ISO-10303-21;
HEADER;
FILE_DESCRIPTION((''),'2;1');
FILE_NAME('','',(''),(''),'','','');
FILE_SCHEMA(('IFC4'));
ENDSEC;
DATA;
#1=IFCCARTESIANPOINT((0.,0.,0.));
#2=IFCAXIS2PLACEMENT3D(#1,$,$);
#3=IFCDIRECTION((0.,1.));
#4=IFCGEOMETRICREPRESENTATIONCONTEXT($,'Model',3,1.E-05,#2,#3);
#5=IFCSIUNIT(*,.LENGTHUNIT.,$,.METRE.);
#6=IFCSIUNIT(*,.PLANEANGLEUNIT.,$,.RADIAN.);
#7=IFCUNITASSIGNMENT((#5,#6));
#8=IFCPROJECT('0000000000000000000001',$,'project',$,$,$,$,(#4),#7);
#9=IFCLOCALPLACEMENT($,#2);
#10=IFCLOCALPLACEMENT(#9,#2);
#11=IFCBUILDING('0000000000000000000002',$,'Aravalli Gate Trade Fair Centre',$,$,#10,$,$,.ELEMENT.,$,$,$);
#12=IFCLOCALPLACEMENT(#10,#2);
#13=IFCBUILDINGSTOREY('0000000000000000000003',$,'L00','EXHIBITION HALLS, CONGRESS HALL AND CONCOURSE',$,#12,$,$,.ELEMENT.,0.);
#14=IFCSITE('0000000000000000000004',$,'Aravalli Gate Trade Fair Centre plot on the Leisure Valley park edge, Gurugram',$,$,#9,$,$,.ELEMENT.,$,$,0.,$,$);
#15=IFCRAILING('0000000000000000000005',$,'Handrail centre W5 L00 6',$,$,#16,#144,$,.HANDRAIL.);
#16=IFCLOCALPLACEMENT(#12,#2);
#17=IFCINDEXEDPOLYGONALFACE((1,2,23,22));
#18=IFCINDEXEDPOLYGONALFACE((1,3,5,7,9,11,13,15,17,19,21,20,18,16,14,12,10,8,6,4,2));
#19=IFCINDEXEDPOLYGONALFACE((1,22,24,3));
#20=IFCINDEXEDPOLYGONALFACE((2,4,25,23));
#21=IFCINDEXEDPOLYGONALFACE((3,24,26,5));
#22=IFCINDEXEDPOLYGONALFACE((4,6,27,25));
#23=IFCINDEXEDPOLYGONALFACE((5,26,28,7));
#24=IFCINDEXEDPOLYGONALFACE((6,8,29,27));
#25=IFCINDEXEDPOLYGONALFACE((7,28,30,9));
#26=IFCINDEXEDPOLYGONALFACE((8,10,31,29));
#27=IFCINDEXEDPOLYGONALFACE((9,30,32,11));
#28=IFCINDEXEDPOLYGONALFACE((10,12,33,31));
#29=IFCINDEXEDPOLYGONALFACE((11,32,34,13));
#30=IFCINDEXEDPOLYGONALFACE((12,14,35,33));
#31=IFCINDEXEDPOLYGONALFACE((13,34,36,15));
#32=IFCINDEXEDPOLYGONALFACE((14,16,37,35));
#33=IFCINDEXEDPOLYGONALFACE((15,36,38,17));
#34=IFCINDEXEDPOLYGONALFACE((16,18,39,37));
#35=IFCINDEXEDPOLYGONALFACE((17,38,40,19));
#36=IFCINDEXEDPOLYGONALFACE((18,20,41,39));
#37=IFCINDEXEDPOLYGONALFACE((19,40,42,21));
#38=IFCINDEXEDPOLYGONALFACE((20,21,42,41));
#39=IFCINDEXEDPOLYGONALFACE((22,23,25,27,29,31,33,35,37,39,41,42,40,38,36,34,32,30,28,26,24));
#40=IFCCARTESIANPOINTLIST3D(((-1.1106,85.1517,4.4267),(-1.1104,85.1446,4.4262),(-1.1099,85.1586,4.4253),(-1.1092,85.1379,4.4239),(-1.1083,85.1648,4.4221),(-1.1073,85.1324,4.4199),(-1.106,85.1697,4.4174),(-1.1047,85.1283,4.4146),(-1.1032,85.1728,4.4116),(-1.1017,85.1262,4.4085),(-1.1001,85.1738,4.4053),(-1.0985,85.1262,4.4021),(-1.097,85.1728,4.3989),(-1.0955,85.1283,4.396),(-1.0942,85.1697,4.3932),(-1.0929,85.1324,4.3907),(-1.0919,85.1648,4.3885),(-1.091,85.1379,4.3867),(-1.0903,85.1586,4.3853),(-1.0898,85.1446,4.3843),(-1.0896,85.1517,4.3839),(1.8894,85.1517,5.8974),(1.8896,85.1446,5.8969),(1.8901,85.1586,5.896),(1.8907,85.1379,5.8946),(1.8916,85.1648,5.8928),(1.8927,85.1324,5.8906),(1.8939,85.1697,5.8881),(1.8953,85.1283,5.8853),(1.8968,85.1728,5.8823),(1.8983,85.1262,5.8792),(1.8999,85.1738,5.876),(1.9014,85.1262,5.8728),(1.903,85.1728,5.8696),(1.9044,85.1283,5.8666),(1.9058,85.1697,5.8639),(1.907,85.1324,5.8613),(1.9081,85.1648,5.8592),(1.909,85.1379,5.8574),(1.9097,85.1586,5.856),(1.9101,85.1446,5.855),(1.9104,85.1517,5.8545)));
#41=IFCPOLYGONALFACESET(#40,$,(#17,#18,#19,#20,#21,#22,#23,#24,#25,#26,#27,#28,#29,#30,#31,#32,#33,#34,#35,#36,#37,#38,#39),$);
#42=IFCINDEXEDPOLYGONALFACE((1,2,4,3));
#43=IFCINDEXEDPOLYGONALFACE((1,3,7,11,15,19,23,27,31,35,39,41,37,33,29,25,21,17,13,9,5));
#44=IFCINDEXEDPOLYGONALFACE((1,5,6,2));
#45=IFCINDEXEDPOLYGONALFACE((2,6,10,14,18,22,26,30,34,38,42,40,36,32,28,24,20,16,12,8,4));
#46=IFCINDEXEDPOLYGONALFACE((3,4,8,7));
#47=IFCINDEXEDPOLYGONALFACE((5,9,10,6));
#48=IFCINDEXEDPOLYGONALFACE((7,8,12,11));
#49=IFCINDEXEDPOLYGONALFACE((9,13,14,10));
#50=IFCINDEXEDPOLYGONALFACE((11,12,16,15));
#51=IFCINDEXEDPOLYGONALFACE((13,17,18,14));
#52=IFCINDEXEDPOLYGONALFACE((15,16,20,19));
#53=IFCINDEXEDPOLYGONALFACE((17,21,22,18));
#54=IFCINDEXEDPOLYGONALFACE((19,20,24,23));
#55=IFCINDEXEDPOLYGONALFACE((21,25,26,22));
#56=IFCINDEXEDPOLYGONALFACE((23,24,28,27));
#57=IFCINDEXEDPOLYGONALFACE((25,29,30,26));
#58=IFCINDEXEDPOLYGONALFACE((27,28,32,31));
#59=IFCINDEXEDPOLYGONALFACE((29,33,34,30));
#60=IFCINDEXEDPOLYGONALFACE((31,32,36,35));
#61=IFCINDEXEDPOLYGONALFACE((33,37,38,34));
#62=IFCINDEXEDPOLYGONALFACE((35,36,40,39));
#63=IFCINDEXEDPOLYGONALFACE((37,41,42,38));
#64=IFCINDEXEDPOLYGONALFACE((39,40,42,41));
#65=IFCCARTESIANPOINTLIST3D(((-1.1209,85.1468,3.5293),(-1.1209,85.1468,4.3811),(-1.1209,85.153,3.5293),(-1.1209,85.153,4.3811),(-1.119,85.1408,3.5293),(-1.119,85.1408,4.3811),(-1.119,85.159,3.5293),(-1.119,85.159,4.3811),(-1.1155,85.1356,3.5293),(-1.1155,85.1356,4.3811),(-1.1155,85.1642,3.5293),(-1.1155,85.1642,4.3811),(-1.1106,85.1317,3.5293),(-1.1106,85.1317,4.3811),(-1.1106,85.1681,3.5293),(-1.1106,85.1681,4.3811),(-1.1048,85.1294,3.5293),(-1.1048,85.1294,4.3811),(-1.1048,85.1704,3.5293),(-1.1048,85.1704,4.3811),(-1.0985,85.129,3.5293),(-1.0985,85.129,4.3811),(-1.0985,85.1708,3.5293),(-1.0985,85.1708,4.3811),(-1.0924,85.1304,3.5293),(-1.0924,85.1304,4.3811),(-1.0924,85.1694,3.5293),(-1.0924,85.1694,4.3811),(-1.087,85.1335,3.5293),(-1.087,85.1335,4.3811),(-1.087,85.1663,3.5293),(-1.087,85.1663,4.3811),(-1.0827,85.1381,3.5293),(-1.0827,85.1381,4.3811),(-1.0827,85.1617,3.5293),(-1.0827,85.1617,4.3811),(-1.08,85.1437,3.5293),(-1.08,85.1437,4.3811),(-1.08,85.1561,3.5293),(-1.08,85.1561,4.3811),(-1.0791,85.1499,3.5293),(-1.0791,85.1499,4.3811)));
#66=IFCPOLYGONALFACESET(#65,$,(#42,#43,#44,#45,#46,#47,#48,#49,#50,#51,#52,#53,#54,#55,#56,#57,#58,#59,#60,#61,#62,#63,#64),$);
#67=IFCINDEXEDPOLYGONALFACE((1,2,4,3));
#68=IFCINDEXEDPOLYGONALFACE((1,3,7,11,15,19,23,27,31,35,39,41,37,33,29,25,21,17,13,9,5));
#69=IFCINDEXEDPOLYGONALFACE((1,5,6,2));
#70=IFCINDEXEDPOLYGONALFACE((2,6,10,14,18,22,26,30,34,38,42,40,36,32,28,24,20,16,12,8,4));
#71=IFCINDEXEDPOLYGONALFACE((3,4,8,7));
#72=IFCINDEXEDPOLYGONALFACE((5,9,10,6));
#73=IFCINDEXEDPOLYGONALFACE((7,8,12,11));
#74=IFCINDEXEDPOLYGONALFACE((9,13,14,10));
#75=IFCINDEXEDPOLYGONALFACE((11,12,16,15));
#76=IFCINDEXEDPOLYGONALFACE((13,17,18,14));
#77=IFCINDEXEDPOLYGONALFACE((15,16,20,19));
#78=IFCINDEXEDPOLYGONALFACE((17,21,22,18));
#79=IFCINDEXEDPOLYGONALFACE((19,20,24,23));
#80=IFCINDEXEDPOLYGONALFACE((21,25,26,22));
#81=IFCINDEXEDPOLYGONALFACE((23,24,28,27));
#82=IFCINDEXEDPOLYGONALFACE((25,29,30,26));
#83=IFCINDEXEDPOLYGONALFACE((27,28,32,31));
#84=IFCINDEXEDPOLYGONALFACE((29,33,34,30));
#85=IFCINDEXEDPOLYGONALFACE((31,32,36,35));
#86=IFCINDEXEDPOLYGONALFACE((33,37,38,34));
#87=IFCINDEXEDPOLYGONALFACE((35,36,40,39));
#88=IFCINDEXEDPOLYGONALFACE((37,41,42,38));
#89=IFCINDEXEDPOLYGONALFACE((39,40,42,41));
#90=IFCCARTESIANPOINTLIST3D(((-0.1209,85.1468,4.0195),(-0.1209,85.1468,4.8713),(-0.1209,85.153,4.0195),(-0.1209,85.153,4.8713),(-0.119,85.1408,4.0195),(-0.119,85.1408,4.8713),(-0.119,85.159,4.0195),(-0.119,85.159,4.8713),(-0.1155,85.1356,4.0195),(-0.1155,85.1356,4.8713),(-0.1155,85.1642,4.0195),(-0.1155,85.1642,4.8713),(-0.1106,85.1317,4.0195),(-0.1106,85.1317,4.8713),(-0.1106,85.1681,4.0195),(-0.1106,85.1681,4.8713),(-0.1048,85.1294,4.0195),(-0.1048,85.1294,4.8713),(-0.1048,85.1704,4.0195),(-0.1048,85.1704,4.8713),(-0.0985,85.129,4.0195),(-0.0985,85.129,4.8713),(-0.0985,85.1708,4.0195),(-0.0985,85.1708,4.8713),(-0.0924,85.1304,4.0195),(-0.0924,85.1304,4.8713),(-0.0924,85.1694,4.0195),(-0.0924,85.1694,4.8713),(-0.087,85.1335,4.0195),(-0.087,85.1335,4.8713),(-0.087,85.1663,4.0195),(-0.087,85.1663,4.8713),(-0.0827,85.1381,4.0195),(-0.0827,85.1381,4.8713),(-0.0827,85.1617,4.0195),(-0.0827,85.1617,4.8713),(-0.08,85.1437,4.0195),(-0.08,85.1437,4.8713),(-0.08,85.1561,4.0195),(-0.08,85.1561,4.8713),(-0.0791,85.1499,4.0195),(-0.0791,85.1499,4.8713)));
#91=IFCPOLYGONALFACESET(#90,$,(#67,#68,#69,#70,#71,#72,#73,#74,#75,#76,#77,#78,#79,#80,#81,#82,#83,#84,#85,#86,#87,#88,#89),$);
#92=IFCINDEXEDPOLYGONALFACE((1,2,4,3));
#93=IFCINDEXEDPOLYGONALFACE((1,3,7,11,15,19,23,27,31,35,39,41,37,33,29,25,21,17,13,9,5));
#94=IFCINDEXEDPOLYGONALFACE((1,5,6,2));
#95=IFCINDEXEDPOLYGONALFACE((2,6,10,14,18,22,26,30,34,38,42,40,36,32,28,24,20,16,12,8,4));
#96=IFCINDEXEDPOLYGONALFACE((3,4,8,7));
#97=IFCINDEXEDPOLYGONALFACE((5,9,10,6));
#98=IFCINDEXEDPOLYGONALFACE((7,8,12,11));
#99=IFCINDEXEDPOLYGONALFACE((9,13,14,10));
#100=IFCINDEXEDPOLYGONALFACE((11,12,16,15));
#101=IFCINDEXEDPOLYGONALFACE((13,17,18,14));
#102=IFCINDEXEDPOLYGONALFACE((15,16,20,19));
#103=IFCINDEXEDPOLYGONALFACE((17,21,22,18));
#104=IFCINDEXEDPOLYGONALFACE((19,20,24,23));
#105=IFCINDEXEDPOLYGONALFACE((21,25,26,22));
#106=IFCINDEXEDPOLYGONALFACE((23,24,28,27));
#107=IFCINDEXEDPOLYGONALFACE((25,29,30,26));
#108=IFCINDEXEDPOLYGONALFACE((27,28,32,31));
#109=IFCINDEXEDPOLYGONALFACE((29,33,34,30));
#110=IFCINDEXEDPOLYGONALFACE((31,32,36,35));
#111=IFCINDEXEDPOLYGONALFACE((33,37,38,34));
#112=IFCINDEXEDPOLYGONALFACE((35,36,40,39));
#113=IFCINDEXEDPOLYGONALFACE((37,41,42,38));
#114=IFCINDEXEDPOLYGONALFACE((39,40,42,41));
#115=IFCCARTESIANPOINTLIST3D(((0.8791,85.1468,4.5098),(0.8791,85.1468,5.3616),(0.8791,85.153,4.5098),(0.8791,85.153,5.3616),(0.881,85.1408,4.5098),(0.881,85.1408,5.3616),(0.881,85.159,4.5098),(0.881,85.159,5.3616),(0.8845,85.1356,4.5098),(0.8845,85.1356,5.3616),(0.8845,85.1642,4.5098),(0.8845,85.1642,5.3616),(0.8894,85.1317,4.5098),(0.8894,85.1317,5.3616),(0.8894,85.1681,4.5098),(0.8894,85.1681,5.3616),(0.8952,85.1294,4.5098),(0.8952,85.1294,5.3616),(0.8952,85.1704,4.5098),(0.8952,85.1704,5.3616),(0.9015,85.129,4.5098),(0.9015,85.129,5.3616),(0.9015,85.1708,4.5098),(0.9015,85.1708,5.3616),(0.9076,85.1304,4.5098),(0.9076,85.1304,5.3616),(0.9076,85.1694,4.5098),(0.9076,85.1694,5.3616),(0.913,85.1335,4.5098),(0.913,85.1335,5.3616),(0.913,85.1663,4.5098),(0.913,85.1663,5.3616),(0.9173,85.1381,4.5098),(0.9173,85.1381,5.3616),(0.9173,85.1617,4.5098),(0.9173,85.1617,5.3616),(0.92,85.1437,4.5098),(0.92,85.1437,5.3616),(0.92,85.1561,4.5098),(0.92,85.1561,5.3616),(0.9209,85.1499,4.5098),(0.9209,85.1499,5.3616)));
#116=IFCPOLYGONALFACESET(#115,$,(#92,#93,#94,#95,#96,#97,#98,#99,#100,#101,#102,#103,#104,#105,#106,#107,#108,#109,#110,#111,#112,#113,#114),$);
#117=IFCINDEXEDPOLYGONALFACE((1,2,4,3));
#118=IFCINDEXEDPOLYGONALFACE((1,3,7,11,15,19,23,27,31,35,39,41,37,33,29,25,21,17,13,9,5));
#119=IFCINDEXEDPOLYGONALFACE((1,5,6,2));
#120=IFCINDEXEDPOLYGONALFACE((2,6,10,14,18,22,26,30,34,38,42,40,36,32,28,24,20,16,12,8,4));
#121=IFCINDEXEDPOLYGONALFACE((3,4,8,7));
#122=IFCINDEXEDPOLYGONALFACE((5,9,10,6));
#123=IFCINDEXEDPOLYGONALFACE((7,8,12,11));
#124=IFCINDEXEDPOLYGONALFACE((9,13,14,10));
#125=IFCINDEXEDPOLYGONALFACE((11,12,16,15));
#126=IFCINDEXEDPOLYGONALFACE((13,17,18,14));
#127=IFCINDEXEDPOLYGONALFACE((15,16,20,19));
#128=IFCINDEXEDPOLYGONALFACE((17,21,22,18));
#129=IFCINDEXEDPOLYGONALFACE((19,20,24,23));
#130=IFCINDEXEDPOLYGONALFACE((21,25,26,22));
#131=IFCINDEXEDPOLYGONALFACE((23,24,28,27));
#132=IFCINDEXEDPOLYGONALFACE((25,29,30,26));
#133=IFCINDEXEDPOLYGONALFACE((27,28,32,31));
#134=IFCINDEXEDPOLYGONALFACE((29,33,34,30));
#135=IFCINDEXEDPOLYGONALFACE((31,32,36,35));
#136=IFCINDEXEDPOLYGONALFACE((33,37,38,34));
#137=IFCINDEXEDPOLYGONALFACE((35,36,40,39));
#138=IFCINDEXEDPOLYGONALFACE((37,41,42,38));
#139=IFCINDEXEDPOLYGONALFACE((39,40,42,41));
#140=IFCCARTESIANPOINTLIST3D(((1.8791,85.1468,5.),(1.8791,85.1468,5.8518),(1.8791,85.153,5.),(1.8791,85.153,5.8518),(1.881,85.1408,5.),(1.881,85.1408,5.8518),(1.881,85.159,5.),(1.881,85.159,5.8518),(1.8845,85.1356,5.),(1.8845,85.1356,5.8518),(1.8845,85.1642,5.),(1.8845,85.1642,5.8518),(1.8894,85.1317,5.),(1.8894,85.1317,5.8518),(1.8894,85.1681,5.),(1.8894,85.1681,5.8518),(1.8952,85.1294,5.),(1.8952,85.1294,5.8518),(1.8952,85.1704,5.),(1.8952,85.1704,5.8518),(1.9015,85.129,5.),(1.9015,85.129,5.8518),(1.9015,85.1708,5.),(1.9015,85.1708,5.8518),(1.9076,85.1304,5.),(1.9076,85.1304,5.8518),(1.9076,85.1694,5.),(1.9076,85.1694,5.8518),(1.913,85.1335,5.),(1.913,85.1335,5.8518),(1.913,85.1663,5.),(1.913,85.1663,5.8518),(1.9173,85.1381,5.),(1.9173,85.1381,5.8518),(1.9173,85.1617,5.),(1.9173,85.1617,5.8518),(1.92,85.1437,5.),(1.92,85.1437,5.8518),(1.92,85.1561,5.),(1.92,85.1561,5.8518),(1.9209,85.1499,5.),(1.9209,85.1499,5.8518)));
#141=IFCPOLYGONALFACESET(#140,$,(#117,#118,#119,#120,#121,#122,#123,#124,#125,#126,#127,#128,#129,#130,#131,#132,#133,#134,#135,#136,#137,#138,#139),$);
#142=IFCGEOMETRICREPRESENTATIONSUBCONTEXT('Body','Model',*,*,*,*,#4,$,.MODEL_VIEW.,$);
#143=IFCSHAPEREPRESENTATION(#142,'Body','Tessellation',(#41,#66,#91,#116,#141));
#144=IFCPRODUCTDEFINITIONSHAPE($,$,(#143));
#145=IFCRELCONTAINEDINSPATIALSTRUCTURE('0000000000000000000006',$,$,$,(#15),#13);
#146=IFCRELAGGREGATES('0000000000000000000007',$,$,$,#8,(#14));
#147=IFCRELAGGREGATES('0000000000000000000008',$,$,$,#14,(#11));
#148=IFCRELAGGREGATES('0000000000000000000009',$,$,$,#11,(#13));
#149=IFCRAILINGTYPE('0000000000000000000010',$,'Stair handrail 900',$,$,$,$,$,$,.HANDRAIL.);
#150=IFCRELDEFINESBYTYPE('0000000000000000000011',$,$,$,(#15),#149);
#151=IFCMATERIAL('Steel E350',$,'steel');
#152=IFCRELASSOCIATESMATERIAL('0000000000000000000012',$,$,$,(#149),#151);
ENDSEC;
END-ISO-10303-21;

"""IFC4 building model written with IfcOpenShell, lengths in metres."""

from ifc_helpers import new_model, si_unit, direction, frame, origin, origin_2d, place, context, subcontext, project, spatial, circle, extrude, material, type_object, element, save


model = new_model("IFC4")

# Units and contexts
model_context = context("Model", 3, precision=1e-05, world=origin(), true_north=direction((0.0, 1.0)))
body_context = subcontext(model_context, "Body", "Model", "MODEL_VIEW")
ifc_project = project(units=[si_unit("LENGTHUNIT", "METRE"), si_unit("PLANEANGLEUNIT", "RADIAN")], contexts=[model_context])

# Site, building, storey
site_placement = place(None, origin())
site = spatial("IfcSite", under=ifc_project, at=site_placement, Name="Aravalli Gate Trade Fair Centre plot on the Leisure Valley park edge, Gurugram", CompositionType="ELEMENT", RefElevation=0.0)
building_placement = place(site_placement, origin())
building = spatial("IfcBuilding", under=site, at=building_placement, Name="Aravalli Gate Trade Fair Centre", CompositionType="ELEMENT")
storey_placement = place(building_placement, origin())
storey = spatial("IfcBuildingStorey", under=building, at=storey_placement, Name="L00", Description="EXHIBITION HALLS, CONGRESS HALL AND CONCOURSE", CompositionType="ELEMENT", Elevation=0.0)

# Railing
ifc_material_1 = material(Name="Steel E350", Category="steel")
railing_type = type_object("IfcRailingType", Name="Stair handrail 900", PredefinedType="HANDRAIL", material=ifc_material_1)
for number, where, name in (
    (1, (-1.1001, 85.1499, 3.5293), "Handrail centre W5 L00 6"),
):
    element("IfcRailing", number, at=place(storey_placement, frame(where)), inside=storey, type_object=railing_type, Name=name, PredefinedType="HANDRAIL", context=body_context, shape_type="SweptSolid", body=[
        extrude(circle(Radius=0.0239, at=origin_2d()), frame((0.0, 0.0, 0.876), z_axis=(0.897907, 0.0, 0.440185), x_axis=(0.0, 1.0, 0.0)), (0.0, 0.0, 1.0), 3.3411),
        extrude(circle(Radius=0.021, at=origin_2d()), origin(), (0.0, 0.0, 1.0), 0.8518),
        extrude(circle(Radius=0.021, at=origin_2d()), frame((1.0, 0.0, 0.4902)), (0.0, 0.0, 1.0), 0.8518),
        extrude(circle(Radius=0.021, at=origin_2d()), frame((2.0, 0.0, 0.9805)), (0.0, 0.0, 1.0), 0.8518),
        extrude(circle(Radius=0.021, at=origin_2d()), frame((3.0, 0.0, 1.4707)), (0.0, 0.0, 1.0), 0.8518),
    ])

save(model, "model.ifc")
